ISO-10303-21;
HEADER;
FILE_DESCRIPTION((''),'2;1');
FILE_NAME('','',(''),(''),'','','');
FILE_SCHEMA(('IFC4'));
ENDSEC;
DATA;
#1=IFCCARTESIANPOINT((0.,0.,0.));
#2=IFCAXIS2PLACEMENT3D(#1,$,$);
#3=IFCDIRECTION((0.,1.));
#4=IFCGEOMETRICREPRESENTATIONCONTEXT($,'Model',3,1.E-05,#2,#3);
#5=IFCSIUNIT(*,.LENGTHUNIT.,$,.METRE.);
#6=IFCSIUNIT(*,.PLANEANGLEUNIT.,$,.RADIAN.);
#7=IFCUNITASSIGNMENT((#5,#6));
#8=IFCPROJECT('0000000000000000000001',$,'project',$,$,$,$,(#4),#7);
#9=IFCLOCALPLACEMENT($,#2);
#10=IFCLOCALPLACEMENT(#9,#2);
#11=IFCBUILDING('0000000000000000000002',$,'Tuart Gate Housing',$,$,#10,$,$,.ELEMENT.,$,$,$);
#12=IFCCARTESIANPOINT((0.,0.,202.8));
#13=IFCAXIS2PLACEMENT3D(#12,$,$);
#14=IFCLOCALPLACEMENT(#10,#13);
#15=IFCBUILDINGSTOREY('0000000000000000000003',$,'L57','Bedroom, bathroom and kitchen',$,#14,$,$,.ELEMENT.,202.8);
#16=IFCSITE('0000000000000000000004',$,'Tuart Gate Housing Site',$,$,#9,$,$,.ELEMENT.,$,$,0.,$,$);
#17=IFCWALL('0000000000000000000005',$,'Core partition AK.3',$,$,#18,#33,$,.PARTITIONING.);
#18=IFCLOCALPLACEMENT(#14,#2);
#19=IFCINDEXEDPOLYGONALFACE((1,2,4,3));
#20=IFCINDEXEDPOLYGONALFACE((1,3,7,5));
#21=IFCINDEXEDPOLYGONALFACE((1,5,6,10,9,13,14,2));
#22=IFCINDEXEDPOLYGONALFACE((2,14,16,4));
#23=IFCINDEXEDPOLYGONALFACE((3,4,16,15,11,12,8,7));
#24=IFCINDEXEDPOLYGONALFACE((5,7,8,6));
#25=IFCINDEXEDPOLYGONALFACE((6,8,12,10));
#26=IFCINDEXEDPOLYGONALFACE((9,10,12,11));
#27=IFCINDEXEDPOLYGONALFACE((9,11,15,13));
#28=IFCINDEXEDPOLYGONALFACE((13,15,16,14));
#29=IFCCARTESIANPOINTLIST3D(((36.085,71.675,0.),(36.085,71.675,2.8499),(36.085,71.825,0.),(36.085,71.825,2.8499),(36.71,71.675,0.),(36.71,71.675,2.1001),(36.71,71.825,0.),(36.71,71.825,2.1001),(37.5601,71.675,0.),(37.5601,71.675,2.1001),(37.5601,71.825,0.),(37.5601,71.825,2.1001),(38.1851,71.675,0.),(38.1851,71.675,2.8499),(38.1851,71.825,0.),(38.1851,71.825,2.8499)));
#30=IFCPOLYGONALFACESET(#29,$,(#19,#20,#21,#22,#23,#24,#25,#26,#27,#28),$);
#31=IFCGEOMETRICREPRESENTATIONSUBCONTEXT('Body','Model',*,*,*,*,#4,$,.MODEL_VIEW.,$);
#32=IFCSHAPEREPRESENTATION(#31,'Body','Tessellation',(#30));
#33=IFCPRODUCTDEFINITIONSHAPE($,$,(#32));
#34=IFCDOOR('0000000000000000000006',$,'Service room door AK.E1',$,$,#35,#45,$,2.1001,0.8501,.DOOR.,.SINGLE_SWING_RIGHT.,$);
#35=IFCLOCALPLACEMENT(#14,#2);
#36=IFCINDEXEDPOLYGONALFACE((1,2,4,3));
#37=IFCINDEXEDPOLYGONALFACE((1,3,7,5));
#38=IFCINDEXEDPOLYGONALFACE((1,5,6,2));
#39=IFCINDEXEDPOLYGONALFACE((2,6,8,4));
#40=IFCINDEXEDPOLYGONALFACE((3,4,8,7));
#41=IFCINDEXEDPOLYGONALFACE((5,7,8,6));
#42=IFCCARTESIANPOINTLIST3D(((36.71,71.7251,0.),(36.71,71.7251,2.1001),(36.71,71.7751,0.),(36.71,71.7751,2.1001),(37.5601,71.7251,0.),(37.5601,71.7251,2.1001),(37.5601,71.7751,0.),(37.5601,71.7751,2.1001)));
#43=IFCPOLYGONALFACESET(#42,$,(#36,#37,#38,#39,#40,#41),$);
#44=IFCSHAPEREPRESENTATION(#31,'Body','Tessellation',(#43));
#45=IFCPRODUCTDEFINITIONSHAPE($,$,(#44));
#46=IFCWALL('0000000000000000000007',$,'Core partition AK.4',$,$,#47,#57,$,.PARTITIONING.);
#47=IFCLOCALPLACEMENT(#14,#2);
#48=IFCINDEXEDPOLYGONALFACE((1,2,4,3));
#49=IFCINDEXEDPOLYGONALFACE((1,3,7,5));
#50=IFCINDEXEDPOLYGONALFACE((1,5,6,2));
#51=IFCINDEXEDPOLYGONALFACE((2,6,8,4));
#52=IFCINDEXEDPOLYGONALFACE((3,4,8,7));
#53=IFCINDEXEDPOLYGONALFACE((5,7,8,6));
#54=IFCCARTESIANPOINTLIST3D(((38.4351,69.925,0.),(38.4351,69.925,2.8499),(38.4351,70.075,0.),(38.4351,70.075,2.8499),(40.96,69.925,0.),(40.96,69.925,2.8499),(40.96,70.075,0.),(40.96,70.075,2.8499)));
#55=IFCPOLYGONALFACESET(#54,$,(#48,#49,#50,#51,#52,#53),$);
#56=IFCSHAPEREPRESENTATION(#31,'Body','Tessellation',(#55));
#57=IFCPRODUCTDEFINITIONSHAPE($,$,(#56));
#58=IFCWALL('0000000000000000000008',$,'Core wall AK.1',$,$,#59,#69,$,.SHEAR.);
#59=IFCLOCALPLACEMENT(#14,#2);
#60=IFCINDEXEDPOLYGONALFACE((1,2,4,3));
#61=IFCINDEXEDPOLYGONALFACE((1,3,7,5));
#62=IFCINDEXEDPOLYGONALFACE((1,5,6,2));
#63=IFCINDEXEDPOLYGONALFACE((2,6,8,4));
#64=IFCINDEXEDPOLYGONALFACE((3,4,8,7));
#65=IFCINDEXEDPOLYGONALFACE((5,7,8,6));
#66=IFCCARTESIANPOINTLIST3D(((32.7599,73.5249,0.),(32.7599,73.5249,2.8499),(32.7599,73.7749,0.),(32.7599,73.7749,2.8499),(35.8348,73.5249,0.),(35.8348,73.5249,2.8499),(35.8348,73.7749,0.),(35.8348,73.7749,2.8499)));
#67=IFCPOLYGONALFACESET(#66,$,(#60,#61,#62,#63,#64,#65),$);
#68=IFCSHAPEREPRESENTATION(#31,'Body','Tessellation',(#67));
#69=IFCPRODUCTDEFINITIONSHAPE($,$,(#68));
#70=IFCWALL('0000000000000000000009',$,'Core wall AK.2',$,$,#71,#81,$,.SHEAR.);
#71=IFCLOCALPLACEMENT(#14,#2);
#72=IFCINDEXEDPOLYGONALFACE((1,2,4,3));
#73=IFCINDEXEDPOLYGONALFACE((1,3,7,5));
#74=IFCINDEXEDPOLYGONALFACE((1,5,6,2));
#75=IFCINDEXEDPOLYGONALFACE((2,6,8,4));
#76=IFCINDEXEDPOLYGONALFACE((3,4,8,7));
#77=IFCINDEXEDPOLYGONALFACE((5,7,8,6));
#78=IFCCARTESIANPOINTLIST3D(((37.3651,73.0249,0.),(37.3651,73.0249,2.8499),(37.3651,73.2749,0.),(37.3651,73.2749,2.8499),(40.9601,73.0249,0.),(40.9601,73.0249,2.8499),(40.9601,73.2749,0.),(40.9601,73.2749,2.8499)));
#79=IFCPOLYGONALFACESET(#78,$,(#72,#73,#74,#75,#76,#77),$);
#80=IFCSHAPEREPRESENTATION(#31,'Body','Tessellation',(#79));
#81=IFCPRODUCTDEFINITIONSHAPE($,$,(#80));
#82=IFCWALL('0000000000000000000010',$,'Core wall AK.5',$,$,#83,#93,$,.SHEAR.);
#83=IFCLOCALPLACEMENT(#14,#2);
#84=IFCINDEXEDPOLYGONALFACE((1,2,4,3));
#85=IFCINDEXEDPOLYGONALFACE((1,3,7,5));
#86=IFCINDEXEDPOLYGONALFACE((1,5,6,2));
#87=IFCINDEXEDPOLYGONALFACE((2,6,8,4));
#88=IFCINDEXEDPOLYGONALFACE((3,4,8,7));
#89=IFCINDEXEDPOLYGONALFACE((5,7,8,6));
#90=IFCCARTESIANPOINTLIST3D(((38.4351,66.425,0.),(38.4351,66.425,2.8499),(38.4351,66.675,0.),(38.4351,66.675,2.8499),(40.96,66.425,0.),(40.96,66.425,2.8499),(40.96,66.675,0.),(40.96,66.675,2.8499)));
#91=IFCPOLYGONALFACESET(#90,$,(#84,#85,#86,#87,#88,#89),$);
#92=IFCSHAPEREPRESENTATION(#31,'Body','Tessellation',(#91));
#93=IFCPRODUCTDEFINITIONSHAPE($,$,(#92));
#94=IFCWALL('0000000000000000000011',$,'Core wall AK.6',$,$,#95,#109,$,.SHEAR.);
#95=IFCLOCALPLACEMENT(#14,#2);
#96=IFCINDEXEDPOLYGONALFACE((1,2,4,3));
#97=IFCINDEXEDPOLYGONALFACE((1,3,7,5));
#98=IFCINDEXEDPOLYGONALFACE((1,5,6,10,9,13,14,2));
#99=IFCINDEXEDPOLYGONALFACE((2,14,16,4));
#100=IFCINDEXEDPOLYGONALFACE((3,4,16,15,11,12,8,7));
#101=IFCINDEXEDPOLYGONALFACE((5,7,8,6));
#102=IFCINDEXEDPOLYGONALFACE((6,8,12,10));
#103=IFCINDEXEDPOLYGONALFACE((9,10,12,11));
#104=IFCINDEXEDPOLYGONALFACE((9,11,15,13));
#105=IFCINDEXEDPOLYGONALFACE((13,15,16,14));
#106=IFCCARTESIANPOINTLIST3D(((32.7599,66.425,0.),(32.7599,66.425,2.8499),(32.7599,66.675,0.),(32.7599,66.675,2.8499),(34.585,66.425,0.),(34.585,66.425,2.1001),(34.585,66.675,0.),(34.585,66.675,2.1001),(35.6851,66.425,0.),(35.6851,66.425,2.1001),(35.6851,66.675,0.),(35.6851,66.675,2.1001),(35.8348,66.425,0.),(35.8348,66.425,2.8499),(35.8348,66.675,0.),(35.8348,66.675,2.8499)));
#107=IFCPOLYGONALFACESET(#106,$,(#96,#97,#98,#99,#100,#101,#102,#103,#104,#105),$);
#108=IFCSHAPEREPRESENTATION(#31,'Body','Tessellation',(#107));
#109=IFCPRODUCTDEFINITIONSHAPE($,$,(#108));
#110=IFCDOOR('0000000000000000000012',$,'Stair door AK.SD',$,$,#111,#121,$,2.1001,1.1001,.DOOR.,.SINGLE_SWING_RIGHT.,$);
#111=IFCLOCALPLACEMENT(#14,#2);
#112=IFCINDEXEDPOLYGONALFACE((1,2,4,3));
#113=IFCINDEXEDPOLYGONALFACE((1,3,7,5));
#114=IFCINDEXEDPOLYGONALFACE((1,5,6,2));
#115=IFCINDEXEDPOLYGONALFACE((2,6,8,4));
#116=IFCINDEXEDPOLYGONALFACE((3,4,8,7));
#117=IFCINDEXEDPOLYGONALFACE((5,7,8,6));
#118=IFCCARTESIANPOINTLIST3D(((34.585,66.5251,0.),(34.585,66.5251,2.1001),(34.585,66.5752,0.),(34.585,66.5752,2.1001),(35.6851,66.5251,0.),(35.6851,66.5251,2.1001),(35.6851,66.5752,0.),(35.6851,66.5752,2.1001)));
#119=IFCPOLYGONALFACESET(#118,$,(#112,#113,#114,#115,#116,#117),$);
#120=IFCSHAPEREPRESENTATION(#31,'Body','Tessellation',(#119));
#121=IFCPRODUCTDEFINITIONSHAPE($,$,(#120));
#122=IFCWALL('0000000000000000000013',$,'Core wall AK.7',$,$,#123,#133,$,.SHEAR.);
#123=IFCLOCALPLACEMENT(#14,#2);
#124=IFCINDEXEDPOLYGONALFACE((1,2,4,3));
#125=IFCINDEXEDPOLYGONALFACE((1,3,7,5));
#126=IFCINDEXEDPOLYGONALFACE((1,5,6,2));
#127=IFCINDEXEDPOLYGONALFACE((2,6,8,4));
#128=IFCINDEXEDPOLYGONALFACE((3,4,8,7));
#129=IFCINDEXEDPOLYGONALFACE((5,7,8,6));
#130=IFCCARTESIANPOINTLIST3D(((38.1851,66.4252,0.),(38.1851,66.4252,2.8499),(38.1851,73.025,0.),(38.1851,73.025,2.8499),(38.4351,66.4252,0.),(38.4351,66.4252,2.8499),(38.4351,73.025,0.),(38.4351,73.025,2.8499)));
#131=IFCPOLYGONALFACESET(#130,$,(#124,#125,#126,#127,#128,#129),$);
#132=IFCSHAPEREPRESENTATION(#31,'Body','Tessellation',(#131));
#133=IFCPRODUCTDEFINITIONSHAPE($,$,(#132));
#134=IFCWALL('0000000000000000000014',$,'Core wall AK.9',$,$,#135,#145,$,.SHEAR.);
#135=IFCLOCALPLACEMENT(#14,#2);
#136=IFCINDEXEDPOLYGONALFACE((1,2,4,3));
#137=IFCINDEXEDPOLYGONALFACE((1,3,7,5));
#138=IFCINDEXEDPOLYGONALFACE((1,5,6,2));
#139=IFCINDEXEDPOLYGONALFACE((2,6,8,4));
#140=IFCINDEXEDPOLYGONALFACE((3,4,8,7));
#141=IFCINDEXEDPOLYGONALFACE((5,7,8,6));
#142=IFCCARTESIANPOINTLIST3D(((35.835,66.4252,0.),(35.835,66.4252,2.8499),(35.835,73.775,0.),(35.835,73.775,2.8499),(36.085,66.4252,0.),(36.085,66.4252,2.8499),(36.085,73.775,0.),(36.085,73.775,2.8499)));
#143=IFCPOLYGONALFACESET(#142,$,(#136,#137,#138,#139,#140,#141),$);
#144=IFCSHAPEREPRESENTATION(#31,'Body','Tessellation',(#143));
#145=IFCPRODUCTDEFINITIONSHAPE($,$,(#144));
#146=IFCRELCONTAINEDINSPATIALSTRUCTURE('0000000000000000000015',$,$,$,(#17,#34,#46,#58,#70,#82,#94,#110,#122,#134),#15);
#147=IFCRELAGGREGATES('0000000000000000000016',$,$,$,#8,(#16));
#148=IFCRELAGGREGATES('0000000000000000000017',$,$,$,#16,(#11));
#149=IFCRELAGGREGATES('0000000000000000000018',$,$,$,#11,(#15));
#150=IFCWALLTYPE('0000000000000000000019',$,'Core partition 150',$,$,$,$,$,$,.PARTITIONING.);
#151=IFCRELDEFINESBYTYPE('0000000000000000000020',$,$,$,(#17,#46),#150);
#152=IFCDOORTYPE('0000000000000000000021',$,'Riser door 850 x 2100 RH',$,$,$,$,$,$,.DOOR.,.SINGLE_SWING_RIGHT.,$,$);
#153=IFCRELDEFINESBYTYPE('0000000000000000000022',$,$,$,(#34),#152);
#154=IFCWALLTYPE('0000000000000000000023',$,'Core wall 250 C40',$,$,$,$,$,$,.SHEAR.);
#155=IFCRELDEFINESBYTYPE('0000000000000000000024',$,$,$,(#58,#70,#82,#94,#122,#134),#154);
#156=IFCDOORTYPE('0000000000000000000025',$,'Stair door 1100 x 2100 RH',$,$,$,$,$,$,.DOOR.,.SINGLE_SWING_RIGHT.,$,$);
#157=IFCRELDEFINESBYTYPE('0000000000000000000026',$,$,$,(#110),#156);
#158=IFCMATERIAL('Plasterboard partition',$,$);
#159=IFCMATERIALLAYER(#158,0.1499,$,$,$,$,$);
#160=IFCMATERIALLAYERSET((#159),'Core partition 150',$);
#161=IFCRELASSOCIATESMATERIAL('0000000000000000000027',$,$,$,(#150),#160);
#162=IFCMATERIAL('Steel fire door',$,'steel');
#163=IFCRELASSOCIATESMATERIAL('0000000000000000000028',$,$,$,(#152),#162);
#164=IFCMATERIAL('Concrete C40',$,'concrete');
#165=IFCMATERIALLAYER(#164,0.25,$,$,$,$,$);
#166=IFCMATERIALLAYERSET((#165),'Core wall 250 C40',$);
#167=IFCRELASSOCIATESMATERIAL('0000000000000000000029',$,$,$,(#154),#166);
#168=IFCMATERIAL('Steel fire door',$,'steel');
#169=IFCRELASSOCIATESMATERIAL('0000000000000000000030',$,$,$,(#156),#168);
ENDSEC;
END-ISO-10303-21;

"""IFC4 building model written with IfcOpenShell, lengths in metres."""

from ifc_helpers import new_model, si_unit, direction, frame, frame_2d, origin, place, context, subcontext, project, spatial, rectangle, extrude, material, layer, layer_set, type_object, element, fill, save


model = new_model("IFC4")

# Units and contexts
model_context = context("Model", 3, precision=1e-05, world=origin(), true_north=direction((0.0, 1.0)))
body_context = subcontext(model_context, "Body", "Model", "MODEL_VIEW")
ifc_project = project(units=[si_unit("LENGTHUNIT", "METRE"), si_unit("PLANEANGLEUNIT", "RADIAN")], contexts=[model_context])

# Site, building, storey
site_placement = place(None, origin())
site = spatial("IfcSite", under=ifc_project, at=site_placement, Name="Tuart Gate Housing Site", CompositionType="ELEMENT", RefElevation=0.0)
building_placement = place(site_placement, origin())
building = spatial("IfcBuilding", under=site, at=building_placement, Name="Tuart Gate Housing", CompositionType="ELEMENT")
storey_placement = place(building_placement, frame((0.0, 0.0, 202.8)))
storey = spatial("IfcBuildingStorey", under=building, at=storey_placement, Name="L57", Description="Bedroom, bathroom and kitchen", CompositionType="ELEMENT", Elevation=202.8)

# Wall, opening, door
ifc_material_1 = material(Name="Plasterboard partition")
ifc_layer_1 = layer(ifc_material_1, 0.1499)
ifc_layer_set_1 = layer_set([ifc_layer_1], Name="Core partition 150")
wall_type_1 = type_object("IfcWallType", Name="Core partition 150", PredefinedType="PARTITIONING", material=ifc_layer_set_1)
wall_1_placement = place(storey_placement, frame((38.1851, 71.75, 0.0), z_axis=(0.0, 0.0, 1.0), x_axis=(-1.0, 0.0, 0.0)))
wall_1 = element("IfcWall", 1, at=wall_1_placement, inside=storey, type_object=wall_type_1, Name="Core partition AK.3", PredefinedType="PARTITIONING", context=body_context, shape_type="SweptSolid", body=[
    extrude(rectangle(XDim=2.1001, YDim=0.1499, at=frame_2d((1.05, 0.0))), origin(), (0.0, 0.0, 1.0), 2.8499),
])
opening_1_placement = place(wall_1_placement, frame((0.625, 0.0, 0.0)))
opening_1 = element("IfcOpeningElement", 2, at=opening_1_placement, cuts=wall_1, PredefinedType="OPENING", context=body_context, shape_type="SweptSolid", body=[
    extrude(rectangle(XDim=0.8501, YDim=2.1001, at=frame_2d((0.425, 1.05))), frame((0.0, 0.085, 0.0), z_axis=(0.0, -1.0, 0.0), x_axis=(1.0, 0.0, 0.0)), (0.0, 0.0, 1.0), 0.1699),
])
ifc_material_2 = material(Name="Steel fire door", Category="steel")
door_type_1 = type_object("IfcDoorType", Name="Riser door 850 x 2100 RH", OperationType="SINGLE_SWING_RIGHT", PredefinedType="DOOR", material=ifc_material_2)
door_1_placement = place(opening_1_placement, frame((0.8501, 0.0, 0.0), z_axis=(0.0, 0.0, 1.0), x_axis=(-1.0, 0.0, 0.0)))
door_1 = element("IfcDoor", 3, at=door_1_placement, inside=storey, type_object=door_type_1, Name="Service room door AK.E1", OperationType="SINGLE_SWING_RIGHT", OverallHeight=2.1001, OverallWidth=0.8501, PredefinedType="DOOR", context=body_context, shape_type="SweptSolid", body=[
    extrude(rectangle(XDim=0.8501, YDim=2.1001, at=frame_2d((0.425, 1.05))), frame((0.0, 0.0251, 0.0), z_axis=(0.0, -1.0, 0.0), x_axis=(1.0, 0.0, 0.0)), (0.0, 0.0, 1.0), 0.05),
])
fill(opening_1, door_1)

# Walls
wall_2_placement = place(storey_placement, frame((40.96, 70.0, 0.0), z_axis=(0.0, 0.0, 1.0), x_axis=(-1.0, 0.0, 0.0)))
element("IfcWall", 4, at=wall_2_placement, inside=storey, type_object=wall_type_1, Name="Core partition AK.4", PredefinedType="PARTITIONING", context=body_context, shape_type="SweptSolid", body=[
    extrude(rectangle(XDim=2.5249, YDim=0.1499, at=frame_2d((1.2625, 0.0))), origin(), (0.0, 0.0, 1.0), 2.8499),
])
ifc_material_3 = material(Name="Concrete C40", Category="concrete")
ifc_layer_2 = layer(ifc_material_3, 0.25)
ifc_layer_set_2 = layer_set([ifc_layer_2], Name="Core wall 250 C40")
wall_type_2 = type_object("IfcWallType", Name="Core wall 250 C40", PredefinedType="SHEAR", material=ifc_layer_set_2)
wall_3_placement = place(storey_placement, frame((35.835, 73.6499, 0.0), z_axis=(0.0, 0.0, 1.0), x_axis=(-1.0, 0.0, 0.0)))
element("IfcWall", 5, at=wall_3_placement, inside=storey, type_object=wall_type_2, Name="Core wall AK.1", PredefinedType="SHEAR", context=body_context, shape_type="SweptSolid", body=[
    extrude(rectangle(XDim=3.075, YDim=0.25, at=frame_2d((1.5376, 0.0))), origin(), (0.0, 0.0, 1.0), 2.8499),
])
wall_4_placement = place(storey_placement, frame((40.96, 73.1499, 0.0), z_axis=(0.0, 0.0, 1.0), x_axis=(-1.0, 0.0, 0.0)))
element("IfcWall", 6, at=wall_4_placement, inside=storey, type_object=wall_type_2, Name="Core wall AK.2", PredefinedType="SHEAR", context=body_context, shape_type="SweptSolid", body=[
    extrude(rectangle(XDim=3.595, YDim=0.25, at=frame_2d((1.7974, 0.0))), origin(), (0.0, 0.0, 1.0), 2.8499),
])
wall_5_placement = place(storey_placement, frame((40.96, 66.55, 0.0), z_axis=(0.0, 0.0, 1.0), x_axis=(-1.0, 0.0, 0.0)))
element("IfcWall", 7, at=wall_5_placement, inside=storey, type_object=wall_type_2, Name="Core wall AK.5", PredefinedType="SHEAR", context=body_context, shape_type="SweptSolid", body=[
    extrude(rectangle(XDim=2.5249, YDim=0.25, at=frame_2d((1.2625, 0.0))), origin(), (0.0, 0.0, 1.0), 2.8499),
])

# Wall, opening, door
wall_6_placement = place(storey_placement, frame((35.835, 66.55, 0.0), z_axis=(0.0, 0.0, 1.0), x_axis=(-1.0, 0.0, 0.0)))
wall_6 = element("IfcWall", 8, at=wall_6_placement, inside=storey, type_object=wall_type_2, Name="Core wall AK.6", PredefinedType="SHEAR", context=body_context, shape_type="SweptSolid", body=[
    extrude(rectangle(XDim=3.075, YDim=0.25, at=frame_2d((1.5376, 0.0))), origin(), (0.0, 0.0, 1.0), 2.8499),
])
opening_2_placement = place(wall_6_placement, frame((0.1499, 0.0, 0.0)))
opening_2 = element("IfcOpeningElement", 9, at=opening_2_placement, cuts=wall_6, PredefinedType="OPENING", context=body_context, shape_type="SweptSolid", body=[
    extrude(rectangle(XDim=1.1001, YDim=2.1001, at=frame_2d((0.55, 1.05))), frame((0.0, 0.135, 0.0), z_axis=(0.0, -1.0, 0.0), x_axis=(1.0, 0.0, 0.0)), (0.0, 0.0, 1.0), 0.27),
])
ifc_material_4 = material(Name="Steel fire door", Category="steel")
door_type_2 = type_object("IfcDoorType", Name="Stair door 1100 x 2100 RH", OperationType="SINGLE_SWING_RIGHT", PredefinedType="DOOR", material=ifc_material_4)
door_2_placement = place(opening_2_placement, frame((1.1001, 0.0, 0.0), z_axis=(0.0, 0.0, 1.0), x_axis=(-1.0, 0.0, 0.0)))
door_2 = element("IfcDoor", 10, at=door_2_placement, inside=storey, type_object=door_type_2, Name="Stair door AK.SD", OperationType="SINGLE_SWING_RIGHT", OverallHeight=2.1001, OverallWidth=1.1001, PredefinedType="DOOR", context=body_context, shape_type="SweptSolid", body=[
    extrude(rectangle(XDim=1.1001, YDim=2.1001, at=frame_2d((0.55, 1.05))), frame((0.0, 0.0251, 0.0), z_axis=(0.0, -1.0, 0.0), x_axis=(1.0, 0.0, 0.0)), (0.0, 0.0, 1.0), 0.05),
])
fill(opening_2, door_2)

# Walls
wall_7_placement = place(storey_placement, frame((38.3101, 73.0249, 0.0), z_axis=(0.0, 0.0, 1.0), x_axis=(0.0, -1.0, 0.0)))
element("IfcWall", 11, at=wall_7_placement, inside=storey, type_object=wall_type_2, Name="Core wall AK.7", PredefinedType="SHEAR", context=body_context, shape_type="SweptSolid", body=[
    extrude(rectangle(XDim=6.5999, YDim=0.25, at=frame_2d((3.2998, 0.0))), origin(), (0.0, 0.0, 1.0), 2.8499),
])
wall_8_placement = place(storey_placement, frame((35.96, 73.7749, 0.0), z_axis=(0.0, 0.0, 1.0), x_axis=(0.0, -1.0, 0.0)))
element("IfcWall", 12, at=wall_8_placement, inside=storey, type_object=wall_type_2, Name="Core wall AK.9", PredefinedType="SHEAR", context=body_context, shape_type="SweptSolid", body=[
    extrude(rectangle(XDim=7.3499, YDim=0.25, at=frame_2d((3.6748, 0.0))), origin(), (0.0, 0.0, 1.0), 2.8499),
])

save(model, "model.ifc")
